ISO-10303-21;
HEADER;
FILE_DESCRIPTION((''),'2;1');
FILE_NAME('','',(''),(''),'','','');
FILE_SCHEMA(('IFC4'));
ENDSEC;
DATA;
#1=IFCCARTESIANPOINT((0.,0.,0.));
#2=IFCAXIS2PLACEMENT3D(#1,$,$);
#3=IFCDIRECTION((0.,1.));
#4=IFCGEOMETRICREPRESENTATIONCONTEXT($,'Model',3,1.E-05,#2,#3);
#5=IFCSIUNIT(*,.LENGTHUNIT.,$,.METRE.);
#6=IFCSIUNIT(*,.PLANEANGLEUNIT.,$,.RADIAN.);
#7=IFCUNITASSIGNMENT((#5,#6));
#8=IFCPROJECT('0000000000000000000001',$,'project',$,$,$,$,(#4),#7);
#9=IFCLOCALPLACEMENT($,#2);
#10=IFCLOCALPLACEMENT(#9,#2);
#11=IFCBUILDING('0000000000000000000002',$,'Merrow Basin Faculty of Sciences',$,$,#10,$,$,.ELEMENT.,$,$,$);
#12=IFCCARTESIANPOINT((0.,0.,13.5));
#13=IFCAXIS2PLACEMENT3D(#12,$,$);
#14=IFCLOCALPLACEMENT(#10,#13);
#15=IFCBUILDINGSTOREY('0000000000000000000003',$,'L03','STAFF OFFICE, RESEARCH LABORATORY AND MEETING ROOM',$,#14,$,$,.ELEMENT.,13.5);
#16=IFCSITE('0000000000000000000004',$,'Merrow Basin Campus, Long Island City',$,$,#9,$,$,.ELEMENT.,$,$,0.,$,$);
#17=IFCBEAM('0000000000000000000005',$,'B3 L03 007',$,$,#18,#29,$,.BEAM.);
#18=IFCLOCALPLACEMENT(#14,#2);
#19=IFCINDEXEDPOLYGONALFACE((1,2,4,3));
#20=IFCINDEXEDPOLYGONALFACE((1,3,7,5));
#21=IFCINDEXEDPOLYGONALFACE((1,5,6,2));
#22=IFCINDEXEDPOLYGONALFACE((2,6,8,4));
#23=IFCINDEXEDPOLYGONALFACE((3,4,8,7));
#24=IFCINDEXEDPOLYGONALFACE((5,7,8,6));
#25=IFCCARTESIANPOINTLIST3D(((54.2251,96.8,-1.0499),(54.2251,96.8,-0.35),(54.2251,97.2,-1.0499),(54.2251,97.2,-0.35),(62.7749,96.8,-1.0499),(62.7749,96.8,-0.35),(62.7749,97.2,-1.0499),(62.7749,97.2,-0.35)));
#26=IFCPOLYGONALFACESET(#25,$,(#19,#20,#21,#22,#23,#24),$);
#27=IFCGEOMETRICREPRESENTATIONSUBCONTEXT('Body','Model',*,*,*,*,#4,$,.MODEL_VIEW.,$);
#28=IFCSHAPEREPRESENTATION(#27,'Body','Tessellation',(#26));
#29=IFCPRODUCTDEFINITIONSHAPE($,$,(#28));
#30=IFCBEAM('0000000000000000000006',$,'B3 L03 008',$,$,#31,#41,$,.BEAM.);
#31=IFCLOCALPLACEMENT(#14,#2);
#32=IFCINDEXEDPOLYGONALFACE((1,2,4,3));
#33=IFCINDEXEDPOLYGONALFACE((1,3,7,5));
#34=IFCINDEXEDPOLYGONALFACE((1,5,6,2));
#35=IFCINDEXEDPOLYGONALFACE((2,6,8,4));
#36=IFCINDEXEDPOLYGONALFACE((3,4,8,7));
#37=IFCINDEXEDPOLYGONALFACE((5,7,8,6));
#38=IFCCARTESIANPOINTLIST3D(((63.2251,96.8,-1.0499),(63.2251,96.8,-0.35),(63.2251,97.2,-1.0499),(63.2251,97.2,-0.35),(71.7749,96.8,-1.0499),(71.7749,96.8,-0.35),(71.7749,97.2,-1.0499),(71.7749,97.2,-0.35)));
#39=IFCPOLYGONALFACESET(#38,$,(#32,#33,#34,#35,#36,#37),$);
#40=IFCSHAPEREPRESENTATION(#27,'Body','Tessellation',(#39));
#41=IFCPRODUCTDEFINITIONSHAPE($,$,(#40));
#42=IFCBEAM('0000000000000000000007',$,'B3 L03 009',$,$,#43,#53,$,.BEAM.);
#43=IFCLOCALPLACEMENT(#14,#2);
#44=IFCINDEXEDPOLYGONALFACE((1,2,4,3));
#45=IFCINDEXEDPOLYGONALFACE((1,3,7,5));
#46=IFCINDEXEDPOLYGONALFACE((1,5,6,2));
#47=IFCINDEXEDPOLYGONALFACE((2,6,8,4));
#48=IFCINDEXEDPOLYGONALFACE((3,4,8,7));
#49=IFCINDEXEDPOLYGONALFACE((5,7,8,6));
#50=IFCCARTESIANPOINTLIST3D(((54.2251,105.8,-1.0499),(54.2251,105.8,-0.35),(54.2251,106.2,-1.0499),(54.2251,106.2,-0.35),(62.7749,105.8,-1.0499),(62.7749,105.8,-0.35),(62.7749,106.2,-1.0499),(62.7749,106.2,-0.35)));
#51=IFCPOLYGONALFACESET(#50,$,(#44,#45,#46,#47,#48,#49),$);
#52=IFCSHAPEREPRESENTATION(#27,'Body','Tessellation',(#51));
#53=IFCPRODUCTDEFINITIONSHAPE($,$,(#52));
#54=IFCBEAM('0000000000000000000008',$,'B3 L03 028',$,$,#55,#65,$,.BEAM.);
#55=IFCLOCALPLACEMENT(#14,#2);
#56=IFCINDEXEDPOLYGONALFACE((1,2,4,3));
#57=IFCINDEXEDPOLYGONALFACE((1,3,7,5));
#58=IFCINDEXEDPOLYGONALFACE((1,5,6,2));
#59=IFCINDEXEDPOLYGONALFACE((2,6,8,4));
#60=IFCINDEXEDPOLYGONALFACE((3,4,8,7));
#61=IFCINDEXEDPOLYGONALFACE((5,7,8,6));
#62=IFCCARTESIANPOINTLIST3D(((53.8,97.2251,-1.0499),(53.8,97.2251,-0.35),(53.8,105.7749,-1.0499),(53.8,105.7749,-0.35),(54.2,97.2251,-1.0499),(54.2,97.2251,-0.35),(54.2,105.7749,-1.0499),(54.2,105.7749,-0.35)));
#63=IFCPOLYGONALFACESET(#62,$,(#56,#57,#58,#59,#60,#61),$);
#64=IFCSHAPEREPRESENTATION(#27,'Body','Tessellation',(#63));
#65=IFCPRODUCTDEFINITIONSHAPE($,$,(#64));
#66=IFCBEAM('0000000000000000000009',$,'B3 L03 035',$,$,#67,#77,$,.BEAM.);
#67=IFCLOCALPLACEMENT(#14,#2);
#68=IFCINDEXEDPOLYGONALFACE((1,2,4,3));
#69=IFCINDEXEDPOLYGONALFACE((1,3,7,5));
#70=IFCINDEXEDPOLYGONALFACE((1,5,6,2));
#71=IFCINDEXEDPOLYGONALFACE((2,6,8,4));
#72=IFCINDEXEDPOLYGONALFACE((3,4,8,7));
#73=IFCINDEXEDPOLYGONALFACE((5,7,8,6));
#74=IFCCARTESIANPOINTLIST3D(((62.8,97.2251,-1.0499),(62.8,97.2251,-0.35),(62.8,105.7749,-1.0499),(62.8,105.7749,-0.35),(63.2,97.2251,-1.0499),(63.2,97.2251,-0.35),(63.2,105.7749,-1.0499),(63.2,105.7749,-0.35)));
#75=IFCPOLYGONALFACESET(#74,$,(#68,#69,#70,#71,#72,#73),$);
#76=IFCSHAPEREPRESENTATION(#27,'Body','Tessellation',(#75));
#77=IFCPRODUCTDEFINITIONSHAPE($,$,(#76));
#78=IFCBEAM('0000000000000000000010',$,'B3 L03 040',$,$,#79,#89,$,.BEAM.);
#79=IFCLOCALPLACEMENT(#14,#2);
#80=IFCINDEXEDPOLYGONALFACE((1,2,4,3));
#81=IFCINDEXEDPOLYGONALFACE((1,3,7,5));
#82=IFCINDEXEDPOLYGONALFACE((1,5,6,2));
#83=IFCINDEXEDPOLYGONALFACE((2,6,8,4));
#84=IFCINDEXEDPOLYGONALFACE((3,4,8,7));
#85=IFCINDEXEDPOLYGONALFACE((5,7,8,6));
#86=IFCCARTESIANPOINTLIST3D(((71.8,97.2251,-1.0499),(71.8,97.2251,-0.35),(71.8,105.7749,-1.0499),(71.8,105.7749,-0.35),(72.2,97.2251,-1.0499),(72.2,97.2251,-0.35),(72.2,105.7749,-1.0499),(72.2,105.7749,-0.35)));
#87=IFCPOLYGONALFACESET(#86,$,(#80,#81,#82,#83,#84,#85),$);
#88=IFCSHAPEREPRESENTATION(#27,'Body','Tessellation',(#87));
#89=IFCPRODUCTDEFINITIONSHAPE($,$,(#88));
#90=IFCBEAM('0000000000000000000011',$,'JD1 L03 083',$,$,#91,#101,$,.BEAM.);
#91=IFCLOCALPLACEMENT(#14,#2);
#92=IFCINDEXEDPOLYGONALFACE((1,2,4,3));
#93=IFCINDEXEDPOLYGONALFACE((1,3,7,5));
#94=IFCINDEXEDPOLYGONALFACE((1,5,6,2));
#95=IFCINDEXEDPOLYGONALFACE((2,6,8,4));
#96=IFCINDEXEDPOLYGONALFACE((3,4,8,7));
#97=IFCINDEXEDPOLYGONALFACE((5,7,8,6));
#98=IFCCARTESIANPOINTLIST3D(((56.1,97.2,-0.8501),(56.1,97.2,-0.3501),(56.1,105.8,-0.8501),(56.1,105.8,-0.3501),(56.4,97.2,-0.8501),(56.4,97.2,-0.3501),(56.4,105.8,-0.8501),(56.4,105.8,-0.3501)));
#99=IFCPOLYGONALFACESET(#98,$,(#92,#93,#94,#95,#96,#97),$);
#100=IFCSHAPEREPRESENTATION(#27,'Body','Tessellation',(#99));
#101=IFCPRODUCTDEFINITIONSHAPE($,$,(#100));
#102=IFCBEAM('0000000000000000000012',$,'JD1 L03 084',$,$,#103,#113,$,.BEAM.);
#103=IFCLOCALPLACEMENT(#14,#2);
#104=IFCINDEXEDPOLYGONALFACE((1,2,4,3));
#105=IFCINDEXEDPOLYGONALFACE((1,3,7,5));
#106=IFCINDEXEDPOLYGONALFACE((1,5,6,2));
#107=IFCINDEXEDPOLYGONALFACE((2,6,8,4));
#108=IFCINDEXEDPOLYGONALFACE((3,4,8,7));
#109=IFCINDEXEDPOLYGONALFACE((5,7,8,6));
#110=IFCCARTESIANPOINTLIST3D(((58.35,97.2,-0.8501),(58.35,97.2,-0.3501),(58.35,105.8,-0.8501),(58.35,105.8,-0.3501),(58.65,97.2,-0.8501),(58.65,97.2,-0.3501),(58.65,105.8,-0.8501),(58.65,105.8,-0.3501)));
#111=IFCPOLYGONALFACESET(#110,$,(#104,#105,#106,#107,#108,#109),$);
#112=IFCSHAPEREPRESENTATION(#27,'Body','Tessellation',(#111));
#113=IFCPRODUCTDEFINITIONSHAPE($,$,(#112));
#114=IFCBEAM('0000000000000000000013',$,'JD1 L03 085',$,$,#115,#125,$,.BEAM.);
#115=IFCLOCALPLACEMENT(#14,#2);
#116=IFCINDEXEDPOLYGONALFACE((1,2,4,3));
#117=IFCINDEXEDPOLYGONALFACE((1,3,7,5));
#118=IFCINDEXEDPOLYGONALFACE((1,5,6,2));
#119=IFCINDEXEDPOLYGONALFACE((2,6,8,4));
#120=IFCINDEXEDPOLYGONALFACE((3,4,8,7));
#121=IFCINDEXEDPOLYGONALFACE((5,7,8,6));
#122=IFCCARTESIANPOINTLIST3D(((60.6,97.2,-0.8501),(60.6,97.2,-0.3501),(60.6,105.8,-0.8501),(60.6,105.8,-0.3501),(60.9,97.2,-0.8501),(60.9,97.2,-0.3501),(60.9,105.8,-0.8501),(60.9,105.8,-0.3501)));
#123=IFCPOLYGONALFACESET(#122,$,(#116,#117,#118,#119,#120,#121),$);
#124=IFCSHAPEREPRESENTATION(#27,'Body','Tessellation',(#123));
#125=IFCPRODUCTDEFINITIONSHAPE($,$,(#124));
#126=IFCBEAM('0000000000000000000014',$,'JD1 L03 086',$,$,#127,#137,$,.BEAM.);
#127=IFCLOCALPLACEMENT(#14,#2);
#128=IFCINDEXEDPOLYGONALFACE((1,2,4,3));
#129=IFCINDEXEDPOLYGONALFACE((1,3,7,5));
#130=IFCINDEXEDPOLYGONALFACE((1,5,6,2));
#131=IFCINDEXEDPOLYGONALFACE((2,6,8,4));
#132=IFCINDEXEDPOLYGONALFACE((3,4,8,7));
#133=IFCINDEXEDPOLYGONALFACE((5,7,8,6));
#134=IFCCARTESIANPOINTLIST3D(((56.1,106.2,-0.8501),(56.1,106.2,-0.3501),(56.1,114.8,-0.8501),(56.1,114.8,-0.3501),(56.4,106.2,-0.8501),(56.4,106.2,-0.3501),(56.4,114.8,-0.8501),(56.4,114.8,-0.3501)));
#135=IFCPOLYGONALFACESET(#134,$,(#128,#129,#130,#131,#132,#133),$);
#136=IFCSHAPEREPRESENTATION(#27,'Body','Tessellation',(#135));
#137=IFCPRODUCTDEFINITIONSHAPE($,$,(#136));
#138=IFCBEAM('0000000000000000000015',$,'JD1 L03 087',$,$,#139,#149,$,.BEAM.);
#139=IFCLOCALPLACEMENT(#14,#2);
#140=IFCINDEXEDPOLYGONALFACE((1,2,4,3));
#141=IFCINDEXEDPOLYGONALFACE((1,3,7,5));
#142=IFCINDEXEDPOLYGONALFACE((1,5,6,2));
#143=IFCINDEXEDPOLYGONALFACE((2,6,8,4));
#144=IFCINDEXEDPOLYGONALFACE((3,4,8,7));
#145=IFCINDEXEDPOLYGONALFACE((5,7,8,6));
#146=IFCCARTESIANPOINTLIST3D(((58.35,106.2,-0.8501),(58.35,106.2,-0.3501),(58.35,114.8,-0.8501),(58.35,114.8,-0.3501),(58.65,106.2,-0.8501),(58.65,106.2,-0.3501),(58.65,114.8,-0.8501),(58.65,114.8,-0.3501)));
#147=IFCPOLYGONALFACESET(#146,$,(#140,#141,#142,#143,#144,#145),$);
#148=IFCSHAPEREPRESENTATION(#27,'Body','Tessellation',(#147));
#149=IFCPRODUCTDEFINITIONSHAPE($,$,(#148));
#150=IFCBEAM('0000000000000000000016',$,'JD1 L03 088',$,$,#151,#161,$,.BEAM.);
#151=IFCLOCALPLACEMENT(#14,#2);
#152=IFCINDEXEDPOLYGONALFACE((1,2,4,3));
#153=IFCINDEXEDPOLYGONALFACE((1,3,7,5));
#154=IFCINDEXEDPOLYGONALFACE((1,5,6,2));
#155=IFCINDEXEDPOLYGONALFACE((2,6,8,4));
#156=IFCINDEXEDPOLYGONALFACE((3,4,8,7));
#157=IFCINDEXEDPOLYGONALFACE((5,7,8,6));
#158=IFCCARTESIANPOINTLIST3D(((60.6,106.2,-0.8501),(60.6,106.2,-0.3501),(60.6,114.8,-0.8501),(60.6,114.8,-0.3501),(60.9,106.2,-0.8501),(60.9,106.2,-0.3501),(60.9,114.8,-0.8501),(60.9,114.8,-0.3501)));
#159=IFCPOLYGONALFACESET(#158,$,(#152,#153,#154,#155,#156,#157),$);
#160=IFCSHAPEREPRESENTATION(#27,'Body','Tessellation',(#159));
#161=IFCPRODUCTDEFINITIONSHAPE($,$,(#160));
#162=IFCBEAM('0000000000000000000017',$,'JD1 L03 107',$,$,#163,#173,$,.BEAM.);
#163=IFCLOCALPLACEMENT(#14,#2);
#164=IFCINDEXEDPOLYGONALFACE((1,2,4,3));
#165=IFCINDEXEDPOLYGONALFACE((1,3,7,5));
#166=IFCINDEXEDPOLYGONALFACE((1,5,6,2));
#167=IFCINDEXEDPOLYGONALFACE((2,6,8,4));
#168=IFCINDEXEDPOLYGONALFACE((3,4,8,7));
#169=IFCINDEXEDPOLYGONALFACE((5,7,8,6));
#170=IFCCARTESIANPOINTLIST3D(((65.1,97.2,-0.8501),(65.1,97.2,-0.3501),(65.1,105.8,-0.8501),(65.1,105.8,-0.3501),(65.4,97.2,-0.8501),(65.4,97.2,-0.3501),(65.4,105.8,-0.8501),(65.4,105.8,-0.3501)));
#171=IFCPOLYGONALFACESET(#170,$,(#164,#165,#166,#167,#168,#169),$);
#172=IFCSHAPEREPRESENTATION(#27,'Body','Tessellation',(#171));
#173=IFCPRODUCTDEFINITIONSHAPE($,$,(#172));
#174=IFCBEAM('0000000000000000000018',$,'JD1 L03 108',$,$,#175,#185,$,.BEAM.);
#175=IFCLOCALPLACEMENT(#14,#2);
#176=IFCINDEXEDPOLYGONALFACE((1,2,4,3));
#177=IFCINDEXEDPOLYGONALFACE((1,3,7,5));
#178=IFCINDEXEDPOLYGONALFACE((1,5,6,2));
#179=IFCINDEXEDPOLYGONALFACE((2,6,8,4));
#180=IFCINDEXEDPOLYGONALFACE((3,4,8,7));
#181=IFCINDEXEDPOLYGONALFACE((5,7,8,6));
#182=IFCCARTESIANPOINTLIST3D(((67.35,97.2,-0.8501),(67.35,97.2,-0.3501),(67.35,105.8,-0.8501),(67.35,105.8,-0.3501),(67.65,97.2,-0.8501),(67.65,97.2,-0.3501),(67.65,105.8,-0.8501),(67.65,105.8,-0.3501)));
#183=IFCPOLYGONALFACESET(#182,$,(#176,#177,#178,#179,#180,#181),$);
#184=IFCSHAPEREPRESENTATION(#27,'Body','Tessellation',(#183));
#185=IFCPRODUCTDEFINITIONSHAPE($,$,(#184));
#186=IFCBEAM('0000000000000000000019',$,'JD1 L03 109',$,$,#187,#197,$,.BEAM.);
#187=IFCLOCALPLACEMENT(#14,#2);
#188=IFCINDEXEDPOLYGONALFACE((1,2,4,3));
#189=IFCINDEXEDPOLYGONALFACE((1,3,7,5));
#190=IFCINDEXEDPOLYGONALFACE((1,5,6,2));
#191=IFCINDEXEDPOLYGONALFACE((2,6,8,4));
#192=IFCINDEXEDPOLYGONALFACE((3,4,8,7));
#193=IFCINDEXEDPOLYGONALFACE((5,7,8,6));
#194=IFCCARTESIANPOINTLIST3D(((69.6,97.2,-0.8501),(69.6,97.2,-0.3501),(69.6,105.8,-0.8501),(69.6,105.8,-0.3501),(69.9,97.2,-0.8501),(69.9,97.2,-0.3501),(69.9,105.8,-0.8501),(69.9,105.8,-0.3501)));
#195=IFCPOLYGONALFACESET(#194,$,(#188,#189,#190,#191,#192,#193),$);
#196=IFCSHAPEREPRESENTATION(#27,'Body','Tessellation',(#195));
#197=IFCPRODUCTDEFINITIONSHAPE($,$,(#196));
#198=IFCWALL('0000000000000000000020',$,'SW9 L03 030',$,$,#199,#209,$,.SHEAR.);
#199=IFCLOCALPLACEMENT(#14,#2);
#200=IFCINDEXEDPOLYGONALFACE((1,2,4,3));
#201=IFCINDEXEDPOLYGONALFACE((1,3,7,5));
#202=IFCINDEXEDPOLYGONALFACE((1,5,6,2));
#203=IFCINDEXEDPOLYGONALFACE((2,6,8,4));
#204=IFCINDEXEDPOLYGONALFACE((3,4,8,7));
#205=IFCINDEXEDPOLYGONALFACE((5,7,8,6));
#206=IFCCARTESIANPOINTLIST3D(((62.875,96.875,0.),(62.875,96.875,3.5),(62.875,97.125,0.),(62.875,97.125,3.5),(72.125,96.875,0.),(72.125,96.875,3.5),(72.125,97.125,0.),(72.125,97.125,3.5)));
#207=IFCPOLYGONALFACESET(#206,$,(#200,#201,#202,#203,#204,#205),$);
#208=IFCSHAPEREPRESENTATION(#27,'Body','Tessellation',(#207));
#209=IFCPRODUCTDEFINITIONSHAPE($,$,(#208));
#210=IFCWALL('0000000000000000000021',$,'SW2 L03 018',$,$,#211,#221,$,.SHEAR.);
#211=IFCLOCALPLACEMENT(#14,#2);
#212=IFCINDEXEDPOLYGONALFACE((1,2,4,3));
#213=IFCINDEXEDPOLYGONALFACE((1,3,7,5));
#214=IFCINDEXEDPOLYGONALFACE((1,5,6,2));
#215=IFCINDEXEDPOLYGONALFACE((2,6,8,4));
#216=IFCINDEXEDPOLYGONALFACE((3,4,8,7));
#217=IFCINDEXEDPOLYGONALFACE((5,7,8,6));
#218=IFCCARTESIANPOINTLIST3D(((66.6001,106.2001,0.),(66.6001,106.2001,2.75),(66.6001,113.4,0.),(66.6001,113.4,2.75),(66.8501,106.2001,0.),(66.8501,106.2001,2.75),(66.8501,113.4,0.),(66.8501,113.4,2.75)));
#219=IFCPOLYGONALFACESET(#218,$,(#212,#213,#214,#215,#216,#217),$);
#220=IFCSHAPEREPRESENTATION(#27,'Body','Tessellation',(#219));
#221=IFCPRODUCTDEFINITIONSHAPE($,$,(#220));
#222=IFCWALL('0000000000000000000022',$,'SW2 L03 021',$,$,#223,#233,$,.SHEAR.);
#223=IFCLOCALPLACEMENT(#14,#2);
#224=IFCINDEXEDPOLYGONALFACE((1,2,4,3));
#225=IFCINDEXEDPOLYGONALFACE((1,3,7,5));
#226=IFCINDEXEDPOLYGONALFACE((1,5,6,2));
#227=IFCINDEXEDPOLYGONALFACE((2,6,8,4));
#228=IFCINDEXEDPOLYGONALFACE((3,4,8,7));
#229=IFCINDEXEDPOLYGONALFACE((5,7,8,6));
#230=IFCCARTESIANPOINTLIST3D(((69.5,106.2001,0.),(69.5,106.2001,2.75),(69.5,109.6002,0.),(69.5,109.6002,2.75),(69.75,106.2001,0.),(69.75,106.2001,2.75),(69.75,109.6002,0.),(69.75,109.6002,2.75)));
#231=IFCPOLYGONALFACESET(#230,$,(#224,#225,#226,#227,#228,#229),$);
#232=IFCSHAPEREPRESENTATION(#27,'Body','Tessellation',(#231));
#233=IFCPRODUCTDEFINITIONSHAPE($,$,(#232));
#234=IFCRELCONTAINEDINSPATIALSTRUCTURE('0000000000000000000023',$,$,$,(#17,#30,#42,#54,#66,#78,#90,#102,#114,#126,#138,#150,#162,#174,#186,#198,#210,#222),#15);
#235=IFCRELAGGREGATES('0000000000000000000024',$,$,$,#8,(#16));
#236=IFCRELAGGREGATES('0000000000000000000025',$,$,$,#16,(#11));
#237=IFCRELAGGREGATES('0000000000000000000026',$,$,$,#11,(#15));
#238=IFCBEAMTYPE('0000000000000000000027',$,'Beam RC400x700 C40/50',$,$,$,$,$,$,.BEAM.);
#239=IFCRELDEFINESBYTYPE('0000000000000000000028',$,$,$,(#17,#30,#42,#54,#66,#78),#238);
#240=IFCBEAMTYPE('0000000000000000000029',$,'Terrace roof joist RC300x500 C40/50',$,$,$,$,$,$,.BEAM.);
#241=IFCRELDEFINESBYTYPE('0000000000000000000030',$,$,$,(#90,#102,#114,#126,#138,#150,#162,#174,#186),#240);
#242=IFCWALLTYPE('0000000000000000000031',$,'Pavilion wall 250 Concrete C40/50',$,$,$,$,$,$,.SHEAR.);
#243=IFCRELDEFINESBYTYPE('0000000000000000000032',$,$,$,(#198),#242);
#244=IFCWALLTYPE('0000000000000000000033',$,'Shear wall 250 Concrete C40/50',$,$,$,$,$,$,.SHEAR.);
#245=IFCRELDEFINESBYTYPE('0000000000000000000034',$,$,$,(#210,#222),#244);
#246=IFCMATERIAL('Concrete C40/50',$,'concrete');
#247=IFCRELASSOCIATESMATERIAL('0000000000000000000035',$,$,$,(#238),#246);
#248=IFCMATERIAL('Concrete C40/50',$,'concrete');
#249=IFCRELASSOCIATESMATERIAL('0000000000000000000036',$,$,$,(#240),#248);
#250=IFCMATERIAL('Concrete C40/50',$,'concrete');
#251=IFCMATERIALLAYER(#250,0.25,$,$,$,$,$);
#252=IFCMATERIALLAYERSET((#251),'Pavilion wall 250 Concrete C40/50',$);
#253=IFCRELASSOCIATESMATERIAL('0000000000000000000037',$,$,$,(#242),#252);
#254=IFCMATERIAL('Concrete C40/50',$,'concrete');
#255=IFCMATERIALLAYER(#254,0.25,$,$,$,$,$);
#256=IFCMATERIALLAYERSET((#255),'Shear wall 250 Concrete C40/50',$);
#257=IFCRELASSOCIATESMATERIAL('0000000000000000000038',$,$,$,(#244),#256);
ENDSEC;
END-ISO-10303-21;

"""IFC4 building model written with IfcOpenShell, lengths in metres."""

from ifc_helpers import new_model, si_unit, direction, frame, frame_2d, origin, origin_2d, place, context, subcontext, project, spatial, rectangle, extrude, material, layer, layer_set, material_profile, profile_set, type_object, element, save


model = new_model("IFC4")

# Units and contexts
model_context = context("Model", 3, precision=1e-05, world=origin(), true_north=direction((0.0, 1.0)))
body_context = subcontext(model_context, "Body", "Model", "MODEL_VIEW")
ifc_project = project(units=[si_unit("LENGTHUNIT", "METRE"), si_unit("PLANEANGLEUNIT", "RADIAN")], contexts=[model_context])

# Site, building, storey
site_placement = place(None, origin())
site = spatial("IfcSite", under=ifc_project, at=site_placement, Name="Merrow Basin Campus, Long Island City", CompositionType="ELEMENT", RefElevation=0.0)
building_placement = place(site_placement, origin())
building = spatial("IfcBuilding", under=site, at=building_placement, Name="Merrow Basin Faculty of Sciences", CompositionType="ELEMENT")
storey_placement = place(building_placement, frame((0.0, 0.0, 13.5)))
storey = spatial("IfcBuildingStorey", under=building, at=storey_placement, Name="L03", Description="STAFF OFFICE, RESEARCH LABORATORY AND MEETING ROOM", CompositionType="ELEMENT", Elevation=13.5)

# Beams
ifc_material_1 = material(Name="Concrete C40/50", Category="concrete")
ifc_material_profile_1 = material_profile(ifc_material_1, rectangle(XDim=0.3999, YDim=0.7, at=origin_2d()))
ifc_profile_set_1 = profile_set([ifc_material_profile_1], Name="Concrete C40/50")
beam_type_1 = type_object("IfcBeamType", Name="Beam RC400x700 C40/50", PredefinedType="BEAM", material=ifc_profile_set_1)
for number, where, z_axis, x_axis, name in (
    (1, (54.2251, 97.0, -0.7), (1.0, 0.0, 0.0), (0.0, 1.0, 0.0), "B3 L03 007"),
    (2, (63.2251, 97.0, -0.7), (1.0, 0.0, 0.0), (0.0, 1.0, 0.0), "B3 L03 008"),
    (3, (54.2251, 106.0, -0.7), (1.0, 0.0, 0.0), (0.0, 1.0, 0.0), "B3 L03 009"),
    (4, (54.0, 97.2251, -0.7), (0.0, 1.0, 0.0), (-1.0, 0.0, 0.0), "B3 L03 028"),
    (5, (63.0, 97.2251, -0.7), (0.0, 1.0, 0.0), (-1.0, 0.0, 0.0), "B3 L03 035"),
    (6, (72.0, 97.2251, -0.7), (0.0, 1.0, 0.0), (-1.0, 0.0, 0.0), "B3 L03 040"),
):
    element("IfcBeam", number, at=place(storey_placement, frame(where, z_axis=z_axis, x_axis=x_axis)), inside=storey, type_object=beam_type_1, Name=name, PredefinedType="BEAM", context=body_context, shape_type="SweptSolid", body=[
        extrude(rectangle(XDim=0.3999, YDim=0.7, at=origin_2d()), origin(), (0.0, 0.0, 1.0), 8.5498),
    ])
ifc_material_2 = material(Name="Concrete C40/50", Category="concrete")
ifc_material_profile_2 = material_profile(ifc_material_2, rectangle(XDim=0.3, YDim=0.5, at=origin_2d()))
ifc_profile_set_2 = profile_set([ifc_material_profile_2], Name="Concrete C40/50")
beam_type_2 = type_object("IfcBeamType", Name="Terrace roof joist RC300x500 C40/50", PredefinedType="BEAM", material=ifc_profile_set_2)
for number, where, z_axis, x_axis, name in (
    (7, (56.25, 97.2, -0.6001), (0.0, 1.0, 0.0), (-1.0, 0.0, 0.0), "JD1 L03 083"),
    (8, (58.5, 97.2, -0.6001), (0.0, 1.0, 0.0), (-1.0, 0.0, 0.0), "JD1 L03 084"),
    (9, (60.75, 97.2, -0.6001), (0.0, 1.0, 0.0), (-1.0, 0.0, 0.0), "JD1 L03 085"),
    (10, (56.25, 106.2, -0.6001), (0.0, 1.0, 0.0), (-1.0, 0.0, 0.0), "JD1 L03 086"),
    (11, (58.5, 106.2, -0.6001), (0.0, 1.0, 0.0), (-1.0, 0.0, 0.0), "JD1 L03 087"),
    (12, (60.75, 106.2, -0.6001), (0.0, 1.0, 0.0), (-1.0, 0.0, 0.0), "JD1 L03 088"),
    (13, (65.25, 97.2, -0.6001), (0.0, 1.0, 0.0), (-1.0, 0.0, 0.0), "JD1 L03 107"),
    (14, (67.5, 97.2, -0.6001), (0.0, 1.0, 0.0), (-1.0, 0.0, 0.0), "JD1 L03 108"),
    (15, (69.75, 97.2, -0.6001), (0.0, 1.0, 0.0), (-1.0, 0.0, 0.0), "JD1 L03 109"),
):
    element("IfcBeam", number, at=place(storey_placement, frame(where, z_axis=z_axis, x_axis=x_axis)), inside=storey, type_object=beam_type_2, Name=name, PredefinedType="BEAM", context=body_context, shape_type="SweptSolid", body=[
        extrude(rectangle(XDim=0.3, YDim=0.5, at=origin_2d()), origin(), (0.0, 0.0, 1.0), 8.6001),
    ])

# Walls
ifc_material_3 = material(Name="Concrete C40/50", Category="concrete")
ifc_layer_1 = layer(ifc_material_3, 0.25)
ifc_layer_set_1 = layer_set([ifc_layer_1], Name="Pavilion wall 250 Concrete C40/50")
wall_type_1 = type_object("IfcWallType", Name="Pavilion wall 250 Concrete C40/50", PredefinedType="SHEAR", material=ifc_layer_set_1)
wall_1_placement = place(storey_placement, frame((62.875, 97.0, 0.0), z_axis=(0.0, 0.0, 1.0), x_axis=(1.0, 0.0, 0.0)))
element("IfcWall", 16, at=wall_1_placement, inside=storey, type_object=wall_type_1, Name="SW9 L03 030", PredefinedType="SHEAR", context=body_context, shape_type="SweptSolid", body=[
    extrude(rectangle(XDim=9.25, YDim=0.25, at=frame_2d((4.625, 0.0))), origin(), (0.0, 0.0, 1.0), 3.5),
])
ifc_material_4 = material(Name="Concrete C40/50", Category="concrete")
ifc_layer_2 = layer(ifc_material_4, 0.25)
ifc_layer_set_2 = layer_set([ifc_layer_2], Name="Shear wall 250 Concrete C40/50")
wall_type_2 = type_object("IfcWallType", Name="Shear wall 250 Concrete C40/50", PredefinedType="SHEAR", material=ifc_layer_set_2)
wall_2_placement = place(storey_placement, frame((66.7251, 106.2, 0.0), z_axis=(0.0, 0.0, 1.0), x_axis=(0.0, 1.0, 0.0)))
element("IfcWall", 17, at=wall_2_placement, inside=storey, type_object=wall_type_2, Name="SW2 L03 018", PredefinedType="SHEAR", context=body_context, shape_type="SweptSolid", body=[
    extrude(rectangle(XDim=7.2, YDim=0.25, at=frame_2d((3.6001, 0.0))), origin(), (0.0, 0.0, 1.0), 2.75),
])
wall_3_placement = place(storey_placement, frame((69.625, 106.2, 0.0), z_axis=(0.0, 0.0, 1.0), x_axis=(0.0, 1.0, 0.0)))
element("IfcWall", 18, at=wall_3_placement, inside=storey, type_object=wall_type_2, Name="SW2 L03 021", PredefinedType="SHEAR", context=body_context, shape_type="SweptSolid", body=[
    extrude(rectangle(XDim=3.4001, YDim=0.25, at=frame_2d((1.7002, 0.0))), origin(), (0.0, 0.0, 1.0), 2.75),
])

save(model, "model.ifc")
